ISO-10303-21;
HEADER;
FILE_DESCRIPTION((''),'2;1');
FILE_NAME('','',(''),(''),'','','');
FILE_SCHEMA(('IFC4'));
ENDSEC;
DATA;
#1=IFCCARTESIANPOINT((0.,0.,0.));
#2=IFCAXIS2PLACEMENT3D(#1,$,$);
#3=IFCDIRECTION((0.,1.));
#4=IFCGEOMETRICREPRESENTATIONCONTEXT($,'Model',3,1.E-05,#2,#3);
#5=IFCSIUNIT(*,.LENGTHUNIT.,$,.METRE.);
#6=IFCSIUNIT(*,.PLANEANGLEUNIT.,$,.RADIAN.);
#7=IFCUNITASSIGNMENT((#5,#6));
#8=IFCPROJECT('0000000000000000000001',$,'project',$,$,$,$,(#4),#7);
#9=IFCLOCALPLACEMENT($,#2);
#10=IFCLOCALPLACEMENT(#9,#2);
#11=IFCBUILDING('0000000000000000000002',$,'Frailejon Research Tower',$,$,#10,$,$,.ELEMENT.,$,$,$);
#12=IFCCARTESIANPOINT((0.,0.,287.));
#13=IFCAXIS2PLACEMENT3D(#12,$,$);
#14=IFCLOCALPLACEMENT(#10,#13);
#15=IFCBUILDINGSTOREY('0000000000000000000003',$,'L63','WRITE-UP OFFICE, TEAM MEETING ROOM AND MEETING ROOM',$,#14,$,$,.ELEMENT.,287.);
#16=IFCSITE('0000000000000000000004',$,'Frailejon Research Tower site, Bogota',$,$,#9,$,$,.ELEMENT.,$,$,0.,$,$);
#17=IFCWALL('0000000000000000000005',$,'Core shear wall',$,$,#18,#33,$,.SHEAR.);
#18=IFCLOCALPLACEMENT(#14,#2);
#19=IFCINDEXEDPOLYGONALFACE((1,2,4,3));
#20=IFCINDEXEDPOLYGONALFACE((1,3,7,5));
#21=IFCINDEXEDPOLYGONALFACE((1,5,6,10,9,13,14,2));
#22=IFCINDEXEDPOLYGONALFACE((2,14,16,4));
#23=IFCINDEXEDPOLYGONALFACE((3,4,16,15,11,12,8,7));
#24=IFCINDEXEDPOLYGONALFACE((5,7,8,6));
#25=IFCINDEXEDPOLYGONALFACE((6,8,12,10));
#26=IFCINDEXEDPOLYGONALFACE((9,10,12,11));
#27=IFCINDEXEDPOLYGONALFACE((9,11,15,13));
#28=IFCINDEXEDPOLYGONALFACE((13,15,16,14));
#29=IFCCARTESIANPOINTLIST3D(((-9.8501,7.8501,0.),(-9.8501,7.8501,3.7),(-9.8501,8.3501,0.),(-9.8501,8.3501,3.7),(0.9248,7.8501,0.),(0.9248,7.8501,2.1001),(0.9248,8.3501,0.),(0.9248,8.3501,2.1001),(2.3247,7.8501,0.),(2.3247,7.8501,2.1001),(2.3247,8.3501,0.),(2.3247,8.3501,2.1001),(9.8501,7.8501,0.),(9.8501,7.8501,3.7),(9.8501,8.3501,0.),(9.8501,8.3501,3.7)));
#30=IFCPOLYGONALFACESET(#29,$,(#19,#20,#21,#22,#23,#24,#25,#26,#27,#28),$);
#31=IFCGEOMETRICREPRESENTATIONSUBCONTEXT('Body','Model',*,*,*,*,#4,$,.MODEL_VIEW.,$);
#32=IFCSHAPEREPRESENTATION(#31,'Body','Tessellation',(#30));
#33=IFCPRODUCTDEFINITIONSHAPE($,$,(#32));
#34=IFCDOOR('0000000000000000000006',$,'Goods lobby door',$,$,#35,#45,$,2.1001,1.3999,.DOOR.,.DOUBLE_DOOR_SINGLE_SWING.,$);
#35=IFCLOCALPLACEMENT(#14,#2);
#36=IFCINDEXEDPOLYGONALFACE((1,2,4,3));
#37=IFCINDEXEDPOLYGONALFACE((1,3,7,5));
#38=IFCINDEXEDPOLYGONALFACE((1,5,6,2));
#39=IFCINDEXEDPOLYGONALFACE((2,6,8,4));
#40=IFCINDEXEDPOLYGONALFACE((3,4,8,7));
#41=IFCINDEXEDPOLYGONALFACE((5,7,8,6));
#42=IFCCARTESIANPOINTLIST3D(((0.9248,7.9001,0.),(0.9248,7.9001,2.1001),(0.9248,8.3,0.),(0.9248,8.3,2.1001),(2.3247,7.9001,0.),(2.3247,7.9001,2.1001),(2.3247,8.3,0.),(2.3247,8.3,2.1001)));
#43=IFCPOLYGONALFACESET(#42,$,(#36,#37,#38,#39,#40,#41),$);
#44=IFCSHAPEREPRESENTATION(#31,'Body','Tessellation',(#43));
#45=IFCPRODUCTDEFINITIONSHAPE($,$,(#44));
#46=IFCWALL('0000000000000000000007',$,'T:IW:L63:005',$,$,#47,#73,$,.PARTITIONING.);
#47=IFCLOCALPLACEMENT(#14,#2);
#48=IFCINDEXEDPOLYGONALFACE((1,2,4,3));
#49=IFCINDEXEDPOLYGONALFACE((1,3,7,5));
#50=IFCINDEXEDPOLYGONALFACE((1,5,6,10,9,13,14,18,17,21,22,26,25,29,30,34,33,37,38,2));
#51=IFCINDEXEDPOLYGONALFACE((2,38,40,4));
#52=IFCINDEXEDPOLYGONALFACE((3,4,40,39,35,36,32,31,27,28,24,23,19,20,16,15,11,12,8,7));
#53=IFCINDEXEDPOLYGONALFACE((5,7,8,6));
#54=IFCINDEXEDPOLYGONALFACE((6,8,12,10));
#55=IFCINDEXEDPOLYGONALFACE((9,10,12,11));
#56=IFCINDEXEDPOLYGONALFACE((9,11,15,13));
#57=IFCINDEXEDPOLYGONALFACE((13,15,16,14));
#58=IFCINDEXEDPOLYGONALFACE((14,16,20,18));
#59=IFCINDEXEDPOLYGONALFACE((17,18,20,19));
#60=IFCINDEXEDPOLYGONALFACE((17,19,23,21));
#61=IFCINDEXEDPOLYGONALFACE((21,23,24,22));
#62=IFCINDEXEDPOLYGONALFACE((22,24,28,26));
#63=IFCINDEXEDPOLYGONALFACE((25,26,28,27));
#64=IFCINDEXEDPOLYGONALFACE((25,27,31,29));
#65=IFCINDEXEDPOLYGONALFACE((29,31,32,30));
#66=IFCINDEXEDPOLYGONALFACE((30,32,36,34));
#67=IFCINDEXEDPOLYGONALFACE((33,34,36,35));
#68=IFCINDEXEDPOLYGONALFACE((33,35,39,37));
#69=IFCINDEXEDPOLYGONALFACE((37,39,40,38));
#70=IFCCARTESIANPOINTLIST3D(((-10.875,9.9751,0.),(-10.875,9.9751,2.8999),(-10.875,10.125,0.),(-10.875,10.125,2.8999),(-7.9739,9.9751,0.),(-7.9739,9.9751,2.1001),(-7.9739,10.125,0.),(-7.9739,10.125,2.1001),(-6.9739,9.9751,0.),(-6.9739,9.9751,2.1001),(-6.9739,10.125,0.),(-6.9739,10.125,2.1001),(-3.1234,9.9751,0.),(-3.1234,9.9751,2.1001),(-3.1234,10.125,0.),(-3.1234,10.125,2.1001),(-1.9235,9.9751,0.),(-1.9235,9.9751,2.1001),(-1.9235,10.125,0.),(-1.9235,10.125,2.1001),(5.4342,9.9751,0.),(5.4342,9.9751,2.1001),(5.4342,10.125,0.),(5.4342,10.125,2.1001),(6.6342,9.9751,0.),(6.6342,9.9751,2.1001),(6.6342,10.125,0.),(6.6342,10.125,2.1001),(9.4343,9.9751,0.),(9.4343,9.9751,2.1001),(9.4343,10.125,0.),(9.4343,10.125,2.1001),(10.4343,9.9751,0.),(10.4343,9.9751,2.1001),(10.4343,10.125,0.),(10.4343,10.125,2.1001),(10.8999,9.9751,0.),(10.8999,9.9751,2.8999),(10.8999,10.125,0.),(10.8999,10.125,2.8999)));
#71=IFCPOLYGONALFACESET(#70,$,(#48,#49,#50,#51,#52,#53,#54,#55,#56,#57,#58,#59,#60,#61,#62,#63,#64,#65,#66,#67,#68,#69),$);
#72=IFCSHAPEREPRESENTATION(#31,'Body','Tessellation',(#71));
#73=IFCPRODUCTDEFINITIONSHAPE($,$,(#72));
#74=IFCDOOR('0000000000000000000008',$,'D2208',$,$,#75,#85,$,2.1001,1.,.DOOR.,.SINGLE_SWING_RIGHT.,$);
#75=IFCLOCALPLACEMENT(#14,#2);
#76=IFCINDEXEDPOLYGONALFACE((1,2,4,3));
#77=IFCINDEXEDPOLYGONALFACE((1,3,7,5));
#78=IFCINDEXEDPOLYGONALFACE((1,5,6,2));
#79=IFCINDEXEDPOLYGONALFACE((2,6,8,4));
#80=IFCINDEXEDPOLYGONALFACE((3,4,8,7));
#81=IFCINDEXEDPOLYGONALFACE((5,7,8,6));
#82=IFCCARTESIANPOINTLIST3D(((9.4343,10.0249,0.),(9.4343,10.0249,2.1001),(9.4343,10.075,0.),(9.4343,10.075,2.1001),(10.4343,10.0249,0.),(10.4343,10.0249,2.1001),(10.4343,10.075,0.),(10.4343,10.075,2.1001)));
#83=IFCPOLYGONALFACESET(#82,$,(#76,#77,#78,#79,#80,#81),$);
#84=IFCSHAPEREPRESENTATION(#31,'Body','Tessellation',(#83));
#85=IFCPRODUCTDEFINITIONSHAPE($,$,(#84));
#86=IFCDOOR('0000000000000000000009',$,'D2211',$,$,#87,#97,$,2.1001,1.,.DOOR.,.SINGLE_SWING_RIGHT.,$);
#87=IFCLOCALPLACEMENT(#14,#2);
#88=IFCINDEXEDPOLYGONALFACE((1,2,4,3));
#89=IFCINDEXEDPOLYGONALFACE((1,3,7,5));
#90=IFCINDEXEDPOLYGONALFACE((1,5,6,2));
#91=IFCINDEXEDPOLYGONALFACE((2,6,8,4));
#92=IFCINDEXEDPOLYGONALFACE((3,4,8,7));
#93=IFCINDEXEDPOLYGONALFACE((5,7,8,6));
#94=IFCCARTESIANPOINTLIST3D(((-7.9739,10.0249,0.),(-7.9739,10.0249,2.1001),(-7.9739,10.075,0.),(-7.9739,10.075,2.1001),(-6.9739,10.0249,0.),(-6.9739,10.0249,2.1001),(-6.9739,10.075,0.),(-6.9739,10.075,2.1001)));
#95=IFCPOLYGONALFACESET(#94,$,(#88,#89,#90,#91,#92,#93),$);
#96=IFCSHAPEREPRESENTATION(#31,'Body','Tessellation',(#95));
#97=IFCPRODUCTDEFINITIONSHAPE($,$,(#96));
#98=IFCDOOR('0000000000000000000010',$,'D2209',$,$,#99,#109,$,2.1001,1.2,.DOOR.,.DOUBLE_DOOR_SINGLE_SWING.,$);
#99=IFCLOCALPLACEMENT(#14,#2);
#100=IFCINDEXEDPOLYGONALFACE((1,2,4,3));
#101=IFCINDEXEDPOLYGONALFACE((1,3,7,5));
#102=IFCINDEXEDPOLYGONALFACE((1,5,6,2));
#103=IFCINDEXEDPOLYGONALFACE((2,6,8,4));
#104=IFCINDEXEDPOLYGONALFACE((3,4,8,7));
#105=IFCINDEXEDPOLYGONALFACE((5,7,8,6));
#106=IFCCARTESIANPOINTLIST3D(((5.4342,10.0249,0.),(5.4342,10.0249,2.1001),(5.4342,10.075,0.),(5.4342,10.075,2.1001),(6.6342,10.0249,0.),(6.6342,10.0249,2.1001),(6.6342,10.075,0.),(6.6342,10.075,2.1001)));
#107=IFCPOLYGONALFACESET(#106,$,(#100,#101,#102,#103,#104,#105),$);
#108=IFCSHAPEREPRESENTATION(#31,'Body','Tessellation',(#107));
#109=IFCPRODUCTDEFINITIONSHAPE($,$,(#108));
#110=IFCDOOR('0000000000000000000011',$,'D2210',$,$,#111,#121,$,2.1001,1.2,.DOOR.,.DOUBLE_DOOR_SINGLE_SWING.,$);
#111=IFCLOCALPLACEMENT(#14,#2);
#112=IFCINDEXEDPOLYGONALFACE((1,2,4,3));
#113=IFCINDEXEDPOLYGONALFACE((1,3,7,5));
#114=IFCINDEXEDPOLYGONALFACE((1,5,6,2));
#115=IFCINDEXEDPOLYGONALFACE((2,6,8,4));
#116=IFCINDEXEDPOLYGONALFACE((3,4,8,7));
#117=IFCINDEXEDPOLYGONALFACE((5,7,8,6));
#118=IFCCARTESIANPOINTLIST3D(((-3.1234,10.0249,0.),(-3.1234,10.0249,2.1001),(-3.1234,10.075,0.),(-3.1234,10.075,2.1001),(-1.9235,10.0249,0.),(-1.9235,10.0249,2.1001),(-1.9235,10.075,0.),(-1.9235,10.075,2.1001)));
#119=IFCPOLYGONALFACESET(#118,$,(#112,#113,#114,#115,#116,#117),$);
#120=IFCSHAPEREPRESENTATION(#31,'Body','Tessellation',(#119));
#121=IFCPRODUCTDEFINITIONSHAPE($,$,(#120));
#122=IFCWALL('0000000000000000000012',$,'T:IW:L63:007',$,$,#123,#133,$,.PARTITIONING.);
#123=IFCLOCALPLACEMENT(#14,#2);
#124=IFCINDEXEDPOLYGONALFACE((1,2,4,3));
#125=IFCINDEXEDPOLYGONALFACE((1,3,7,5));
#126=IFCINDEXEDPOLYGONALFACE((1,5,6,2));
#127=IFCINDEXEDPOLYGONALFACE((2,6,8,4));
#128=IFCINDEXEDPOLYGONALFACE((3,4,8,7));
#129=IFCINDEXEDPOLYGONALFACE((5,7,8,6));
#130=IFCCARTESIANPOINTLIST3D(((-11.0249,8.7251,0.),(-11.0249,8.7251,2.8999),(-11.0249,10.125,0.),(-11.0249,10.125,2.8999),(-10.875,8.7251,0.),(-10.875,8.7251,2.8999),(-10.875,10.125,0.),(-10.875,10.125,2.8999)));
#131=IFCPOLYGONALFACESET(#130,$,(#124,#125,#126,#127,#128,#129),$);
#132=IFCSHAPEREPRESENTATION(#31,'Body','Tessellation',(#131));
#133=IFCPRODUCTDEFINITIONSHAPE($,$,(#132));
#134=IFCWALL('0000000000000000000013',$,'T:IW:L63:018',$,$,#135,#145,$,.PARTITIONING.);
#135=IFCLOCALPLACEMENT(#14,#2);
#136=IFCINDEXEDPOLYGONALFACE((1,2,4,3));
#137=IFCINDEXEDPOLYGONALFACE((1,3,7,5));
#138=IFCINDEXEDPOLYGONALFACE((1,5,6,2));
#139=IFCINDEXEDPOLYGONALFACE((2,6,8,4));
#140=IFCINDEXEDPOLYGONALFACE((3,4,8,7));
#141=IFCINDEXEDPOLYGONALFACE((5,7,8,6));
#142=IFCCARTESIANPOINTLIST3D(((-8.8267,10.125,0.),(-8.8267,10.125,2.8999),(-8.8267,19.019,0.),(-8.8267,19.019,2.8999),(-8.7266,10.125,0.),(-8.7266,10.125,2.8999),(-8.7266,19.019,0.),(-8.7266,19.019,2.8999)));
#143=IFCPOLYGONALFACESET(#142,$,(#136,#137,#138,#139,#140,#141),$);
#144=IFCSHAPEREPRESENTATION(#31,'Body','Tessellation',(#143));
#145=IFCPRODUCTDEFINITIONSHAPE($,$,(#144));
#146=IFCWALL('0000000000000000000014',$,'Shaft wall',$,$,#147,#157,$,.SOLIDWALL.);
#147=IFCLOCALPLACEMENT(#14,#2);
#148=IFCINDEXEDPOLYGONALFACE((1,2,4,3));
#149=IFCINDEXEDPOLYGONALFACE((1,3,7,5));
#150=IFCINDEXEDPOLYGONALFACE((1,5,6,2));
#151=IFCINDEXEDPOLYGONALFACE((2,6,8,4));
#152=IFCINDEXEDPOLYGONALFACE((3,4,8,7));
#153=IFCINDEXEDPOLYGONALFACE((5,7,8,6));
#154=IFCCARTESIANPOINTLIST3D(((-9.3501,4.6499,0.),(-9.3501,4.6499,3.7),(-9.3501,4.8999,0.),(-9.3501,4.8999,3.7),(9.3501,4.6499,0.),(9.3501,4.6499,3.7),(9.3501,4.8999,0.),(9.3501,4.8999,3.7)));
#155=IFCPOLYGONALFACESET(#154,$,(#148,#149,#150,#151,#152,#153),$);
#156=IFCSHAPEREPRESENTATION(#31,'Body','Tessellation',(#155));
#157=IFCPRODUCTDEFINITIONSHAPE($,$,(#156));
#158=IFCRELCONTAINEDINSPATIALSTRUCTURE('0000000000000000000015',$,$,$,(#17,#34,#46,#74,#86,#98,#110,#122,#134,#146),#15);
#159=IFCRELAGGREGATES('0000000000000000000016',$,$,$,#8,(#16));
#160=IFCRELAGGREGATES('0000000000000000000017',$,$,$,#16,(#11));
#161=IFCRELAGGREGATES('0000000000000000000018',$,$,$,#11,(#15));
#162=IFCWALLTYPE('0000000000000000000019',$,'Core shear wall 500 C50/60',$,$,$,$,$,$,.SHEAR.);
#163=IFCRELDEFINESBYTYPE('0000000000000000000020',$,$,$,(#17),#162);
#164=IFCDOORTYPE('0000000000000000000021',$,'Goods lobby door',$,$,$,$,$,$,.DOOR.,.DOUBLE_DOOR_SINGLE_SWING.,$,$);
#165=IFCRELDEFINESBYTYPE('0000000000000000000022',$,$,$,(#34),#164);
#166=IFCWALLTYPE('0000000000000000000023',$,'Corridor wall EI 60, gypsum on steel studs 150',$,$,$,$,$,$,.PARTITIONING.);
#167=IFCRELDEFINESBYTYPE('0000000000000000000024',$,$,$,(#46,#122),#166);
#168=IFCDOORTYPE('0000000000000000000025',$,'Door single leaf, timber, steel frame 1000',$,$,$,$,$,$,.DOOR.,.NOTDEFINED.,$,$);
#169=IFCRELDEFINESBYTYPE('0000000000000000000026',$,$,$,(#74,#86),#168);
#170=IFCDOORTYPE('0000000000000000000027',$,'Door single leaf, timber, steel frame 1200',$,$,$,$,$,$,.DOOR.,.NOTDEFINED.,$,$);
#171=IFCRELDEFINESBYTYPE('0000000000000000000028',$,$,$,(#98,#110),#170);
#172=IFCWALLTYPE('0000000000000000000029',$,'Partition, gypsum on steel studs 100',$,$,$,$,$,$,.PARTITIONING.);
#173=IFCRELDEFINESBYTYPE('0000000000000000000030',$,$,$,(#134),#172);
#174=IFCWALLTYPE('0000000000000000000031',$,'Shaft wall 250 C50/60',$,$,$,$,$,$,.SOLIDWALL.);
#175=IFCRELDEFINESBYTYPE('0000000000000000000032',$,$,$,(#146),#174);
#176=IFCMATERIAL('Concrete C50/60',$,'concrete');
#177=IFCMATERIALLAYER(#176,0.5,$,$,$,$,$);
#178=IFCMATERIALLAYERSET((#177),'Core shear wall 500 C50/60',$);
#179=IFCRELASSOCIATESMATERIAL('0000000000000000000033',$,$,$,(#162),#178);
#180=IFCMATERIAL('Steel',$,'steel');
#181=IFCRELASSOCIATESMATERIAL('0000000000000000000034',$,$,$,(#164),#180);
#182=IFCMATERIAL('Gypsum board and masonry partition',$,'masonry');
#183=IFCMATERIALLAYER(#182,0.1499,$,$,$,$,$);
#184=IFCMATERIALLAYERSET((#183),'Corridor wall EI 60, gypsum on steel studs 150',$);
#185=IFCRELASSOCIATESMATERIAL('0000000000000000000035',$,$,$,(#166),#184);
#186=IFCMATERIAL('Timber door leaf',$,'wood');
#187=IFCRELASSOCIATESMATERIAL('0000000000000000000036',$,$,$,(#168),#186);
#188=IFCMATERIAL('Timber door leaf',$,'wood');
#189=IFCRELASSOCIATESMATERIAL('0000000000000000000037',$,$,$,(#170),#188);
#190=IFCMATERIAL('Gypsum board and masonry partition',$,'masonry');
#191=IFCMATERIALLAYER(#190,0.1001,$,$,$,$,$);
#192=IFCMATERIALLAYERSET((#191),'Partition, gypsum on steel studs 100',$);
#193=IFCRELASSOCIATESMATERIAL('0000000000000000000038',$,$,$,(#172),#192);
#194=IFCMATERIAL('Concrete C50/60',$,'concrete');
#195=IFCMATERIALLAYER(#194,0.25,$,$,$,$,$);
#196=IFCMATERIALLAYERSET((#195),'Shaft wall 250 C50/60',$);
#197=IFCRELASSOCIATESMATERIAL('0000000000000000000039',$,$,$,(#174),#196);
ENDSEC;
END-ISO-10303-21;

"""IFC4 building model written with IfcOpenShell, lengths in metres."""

from ifc_helpers import new_model, si_unit, direction, frame, frame_2d, origin, place, context, subcontext, project, spatial, rectangle, extrude, material, layer, layer_set, type_object, element, fill, save


model = new_model("IFC4")

# Units and contexts
model_context = context("Model", 3, precision=1e-05, world=origin(), true_north=direction((0.0, 1.0)))
body_context = subcontext(model_context, "Body", "Model", "MODEL_VIEW")
ifc_project = project(units=[si_unit("LENGTHUNIT", "METRE"), si_unit("PLANEANGLEUNIT", "RADIAN")], contexts=[model_context])

# Site, building, storey
site_placement = place(None, origin())
site = spatial("IfcSite", under=ifc_project, at=site_placement, Name="Frailejon Research Tower site, Bogota", CompositionType="ELEMENT", RefElevation=0.0)
building_placement = place(site_placement, origin())
building = spatial("IfcBuilding", under=site, at=building_placement, Name="Frailejon Research Tower", CompositionType="ELEMENT")
storey_placement = place(building_placement, frame((0.0, 0.0, 287.0)))
storey = spatial("IfcBuildingStorey", under=building, at=storey_placement, Name="L63", Description="WRITE-UP OFFICE, TEAM MEETING ROOM AND MEETING ROOM", CompositionType="ELEMENT", Elevation=287.0)

# Wall, opening, door
ifc_material_1 = material(Name="Concrete C50/60", Category="concrete")
ifc_layer_1 = layer(ifc_material_1, 0.5)
ifc_layer_set_1 = layer_set([ifc_layer_1], Name="Core shear wall 500 C50/60")
wall_type_1 = type_object("IfcWallType", Name="Core shear wall 500 C50/60", PredefinedType="SHEAR", material=ifc_layer_set_1)
wall_1_placement = place(storey_placement, frame((-9.8501, 8.1001, 0.0), z_axis=(0.0, 0.0, 1.0), x_axis=(1.0, 0.0, 0.0)))
wall_1 = element("IfcWall", 1, at=wall_1_placement, inside=storey, type_object=wall_type_1, Name="Core shear wall", PredefinedType="SHEAR", context=body_context, shape_type="SweptSolid", body=[
    extrude(rectangle(XDim=19.7002, YDim=0.5, at=frame_2d((9.8501, 0.0))), origin(), (0.0, 0.0, 1.0), 3.7),
])
opening_1_placement = place(wall_1_placement, frame((10.7749, 0.0, 0.0)))
opening_1 = element("IfcOpeningElement", 2, at=opening_1_placement, cuts=wall_1, PredefinedType="OPENING", context=body_context, shape_type="SweptSolid", body=[
    extrude(rectangle(XDim=1.3999, YDim=2.1001, at=frame_2d((0.7, 1.05))), frame((0.0, 0.26, 0.0), z_axis=(0.0, -1.0, 0.0), x_axis=(1.0, 0.0, 0.0)), (0.0, 0.0, 1.0), 0.52),
])
ifc_material_2 = material(Name="Steel", Category="steel")
door_type_1 = type_object("IfcDoorType", Name="Goods lobby door", OperationType="DOUBLE_DOOR_SINGLE_SWING", PredefinedType="DOOR", material=ifc_material_2)
door_1_placement = place(opening_1_placement, origin())
door_1 = element("IfcDoor", 3, at=door_1_placement, inside=storey, type_object=door_type_1, Name="Goods lobby door", OperationType="DOUBLE_DOOR_SINGLE_SWING", OverallHeight=2.1001, OverallWidth=1.3999, PredefinedType="DOOR", context=body_context, shape_type="SweptSolid", body=[
    extrude(rectangle(XDim=1.3999, YDim=2.1001, at=frame_2d((0.7, 1.05))), frame((0.0, 0.2, 0.0), z_axis=(0.0, -1.0, 0.0), x_axis=(1.0, 0.0, 0.0)), (0.0, 0.0, 1.0), 0.3999),
])
fill(opening_1, door_1)

# Wall, openings, doors
ifc_material_3 = material(Name="Gypsum board and masonry partition", Category="masonry")
ifc_layer_2 = layer(ifc_material_3, 0.1499)
ifc_layer_set_2 = layer_set([ifc_layer_2], Name="Corridor wall EI 60, gypsum on steel studs 150")
wall_type_2 = type_object("IfcWallType", Name="Corridor wall EI 60, gypsum on steel studs 150", PredefinedType="PARTITIONING", material=ifc_layer_set_2)
wall_2_placement = place(storey_placement, frame((-10.875, 10.05, 0.0), z_axis=(0.0, 0.0, 1.0), x_axis=(1.0, 0.0, 0.0)))
wall_2 = element("IfcWall", 4, at=wall_2_placement, inside=storey, type_object=wall_type_2, Name="T:IW:L63:005", PredefinedType="PARTITIONING", context=body_context, shape_type="SweptSolid", body=[
    extrude(rectangle(XDim=21.7749, YDim=0.1499, at=frame_2d((10.8875, 0.0))), origin(), (0.0, 0.0, 1.0), 2.8999),
])
opening_2_placement = place(wall_2_placement, frame((20.3093, 0.0, 0.0)))
opening_2 = element("IfcOpeningElement", 5, at=opening_2_placement, cuts=wall_2, PredefinedType="OPENING", context=body_context, shape_type="SweptSolid", body=[
    extrude(rectangle(XDim=1.0, YDim=2.1001, at=frame_2d((0.5, 1.05))), frame((0.0, 0.085, 0.0), z_axis=(0.0, -1.0, 0.0), x_axis=(1.0, 0.0, 0.0)), (0.0, 0.0, 1.0), 0.1699),
])
opening_3_placement = place(wall_2_placement, frame((16.3091, 0.0, 0.0)))
opening_3 = element("IfcOpeningElement", 6, at=opening_3_placement, cuts=wall_2, PredefinedType="OPENING", context=body_context, shape_type="SweptSolid", body=[
    extrude(rectangle(XDim=1.2, YDim=2.1001, at=frame_2d((0.6001, 1.05))), frame((0.0, 0.085, 0.0), z_axis=(0.0, -1.0, 0.0), x_axis=(1.0, 0.0, 0.0)), (0.0, 0.0, 1.0), 0.1699),
])
opening_4_placement = place(wall_2_placement, frame((7.7515, 0.0, 0.0)))
opening_4 = element("IfcOpeningElement", 7, at=opening_4_placement, cuts=wall_2, PredefinedType="OPENING", context=body_context, shape_type="SweptSolid", body=[
    extrude(rectangle(XDim=1.2, YDim=2.1001, at=frame_2d((0.6001, 1.05))), frame((0.0, 0.085, 0.0), z_axis=(0.0, -1.0, 0.0), x_axis=(1.0, 0.0, 0.0)), (0.0, 0.0, 1.0), 0.1699),
])
opening_5_placement = place(wall_2_placement, frame((2.9011, 0.0, 0.0)))
opening_5 = element("IfcOpeningElement", 8, at=opening_5_placement, cuts=wall_2, PredefinedType="OPENING", context=body_context, shape_type="SweptSolid", body=[
    extrude(rectangle(XDim=1.0, YDim=2.1001, at=frame_2d((0.5, 1.05))), frame((0.0, 0.085, 0.0), z_axis=(0.0, -1.0, 0.0), x_axis=(1.0, 0.0, 0.0)), (0.0, 0.0, 1.0), 0.1699),
])
ifc_material_4 = material(Name="Timber door leaf", Category="wood")
door_type_2 = type_object("IfcDoorType", Name="Door single leaf, timber, steel frame 1000", OperationType="NOTDEFINED", PredefinedType="DOOR", material=ifc_material_4)
door_2_placement = place(opening_2_placement, origin())
door_2 = element("IfcDoor", 9, at=door_2_placement, inside=storey, type_object=door_type_2, Name="D2208", OperationType="SINGLE_SWING_RIGHT", OverallHeight=2.1001, OverallWidth=1.0, PredefinedType="DOOR", context=body_context, shape_type="SweptSolid", body=[
    extrude(rectangle(XDim=1.0, YDim=2.1001, at=frame_2d((0.5, 1.05))), frame((0.0, 0.0249, 0.0), z_axis=(0.0, -1.0, 0.0), x_axis=(1.0, 0.0, 0.0)), (0.0, 0.0, 1.0), 0.05),
])
fill(opening_2, door_2)
door_3_placement = place(opening_5_placement, origin())
door_3 = element("IfcDoor", 10, at=door_3_placement, inside=storey, type_object=door_type_2, Name="D2211", OperationType="SINGLE_SWING_RIGHT", OverallHeight=2.1001, OverallWidth=1.0, PredefinedType="DOOR", context=body_context, shape_type="SweptSolid", body=[
    extrude(rectangle(XDim=1.0, YDim=2.1001, at=frame_2d((0.5, 1.05))), frame((0.0, 0.0249, 0.0), z_axis=(0.0, -1.0, 0.0), x_axis=(1.0, 0.0, 0.0)), (0.0, 0.0, 1.0), 0.05),
])
fill(opening_5, door_3)
ifc_material_5 = material(Name="Timber door leaf", Category="wood")
door_type_3 = type_object("IfcDoorType", Name="Door single leaf, timber, steel frame 1200", OperationType="NOTDEFINED", PredefinedType="DOOR", material=ifc_material_5)
door_4_placement = place(opening_3_placement, origin())
door_4 = element("IfcDoor", 11, at=door_4_placement, inside=storey, type_object=door_type_3, Name="D2209", OperationType="DOUBLE_DOOR_SINGLE_SWING", OverallHeight=2.1001, OverallWidth=1.2, PredefinedType="DOOR", context=body_context, shape_type="SweptSolid", body=[
    extrude(rectangle(XDim=1.2, YDim=2.1001, at=frame_2d((0.6001, 1.05))), frame((0.0, 0.0249, 0.0), z_axis=(0.0, -1.0, 0.0), x_axis=(1.0, 0.0, 0.0)), (0.0, 0.0, 1.0), 0.05),
])
fill(opening_3, door_4)
door_5_placement = place(opening_4_placement, origin())
door_5 = element("IfcDoor", 12, at=door_5_placement, inside=storey, type_object=door_type_3, Name="D2210", OperationType="DOUBLE_DOOR_SINGLE_SWING", OverallHeight=2.1001, OverallWidth=1.2, PredefinedType="DOOR", context=body_context, shape_type="SweptSolid", body=[
    extrude(rectangle(XDim=1.2, YDim=2.1001, at=frame_2d((0.6001, 1.05))), frame((0.0, 0.0249, 0.0), z_axis=(0.0, -1.0, 0.0), x_axis=(1.0, 0.0, 0.0)), (0.0, 0.0, 1.0), 0.05),
])
fill(opening_4, door_5)

# Walls
wall_3_placement = place(storey_placement, frame((-10.95, 8.7251, 0.0), z_axis=(0.0, 0.0, 1.0), x_axis=(0.0, 1.0, 0.0)))
element("IfcWall", 13, at=wall_3_placement, inside=storey, type_object=wall_type_2, Name="T:IW:L63:007", PredefinedType="PARTITIONING", context=body_context, shape_type="SweptSolid", body=[
    extrude(rectangle(XDim=1.3999, YDim=0.1499, at=frame_2d((0.7, 0.0))), origin(), (0.0, 0.0, 1.0), 2.8999),
])
ifc_material_6 = material(Name="Gypsum board and masonry partition", Category="masonry")
ifc_layer_3 = layer(ifc_material_6, 0.1001)
ifc_layer_set_3 = layer_set([ifc_layer_3], Name="Partition, gypsum on steel studs 100")
wall_type_3 = type_object("IfcWallType", Name="Partition, gypsum on steel studs 100", PredefinedType="PARTITIONING", material=ifc_layer_set_3)
wall_4_placement = place(storey_placement, frame((-8.7766, 10.125, 0.0), z_axis=(0.0, 0.0, 1.0), x_axis=(0.0, 1.0, 0.0)))
element("IfcWall", 14, at=wall_4_placement, inside=storey, type_object=wall_type_3, Name="T:IW:L63:018", PredefinedType="PARTITIONING", context=body_context, shape_type="SweptSolid", body=[
    extrude(rectangle(XDim=8.894, YDim=0.1001, at=frame_2d((4.447, 0.0))), origin(), (0.0, 0.0, 1.0), 2.8999),
])

# Shared definitions
ifc_material_7 = material(Name="Concrete C50/60", Category="concrete")
ifc_layer_4 = layer(ifc_material_7, 0.25)
ifc_layer_set_4 = layer_set([ifc_layer_4], Name="Shaft wall 250 C50/60")
wall_type_4 = type_object("IfcWallType", Name="Shaft wall 250 C50/60", PredefinedType="SOLIDWALL", material=ifc_layer_set_4)

# Wall
wall_5_placement = place(storey_placement, frame((-9.3501, 4.7749, 0.0), z_axis=(0.0, 0.0, 1.0), x_axis=(1.0, 0.0, 0.0)))
element("IfcWall", 15, at=wall_5_placement, inside=storey, type_object=wall_type_4, Name="Shaft wall", PredefinedType="SOLIDWALL", context=body_context, shape_type="SweptSolid", body=[
    extrude(rectangle(XDim=18.7002, YDim=0.25, at=frame_2d((9.3501, 0.0))), origin(), (0.0, 0.0, 1.0), 3.7),
])

save(model, "model.ifc")
